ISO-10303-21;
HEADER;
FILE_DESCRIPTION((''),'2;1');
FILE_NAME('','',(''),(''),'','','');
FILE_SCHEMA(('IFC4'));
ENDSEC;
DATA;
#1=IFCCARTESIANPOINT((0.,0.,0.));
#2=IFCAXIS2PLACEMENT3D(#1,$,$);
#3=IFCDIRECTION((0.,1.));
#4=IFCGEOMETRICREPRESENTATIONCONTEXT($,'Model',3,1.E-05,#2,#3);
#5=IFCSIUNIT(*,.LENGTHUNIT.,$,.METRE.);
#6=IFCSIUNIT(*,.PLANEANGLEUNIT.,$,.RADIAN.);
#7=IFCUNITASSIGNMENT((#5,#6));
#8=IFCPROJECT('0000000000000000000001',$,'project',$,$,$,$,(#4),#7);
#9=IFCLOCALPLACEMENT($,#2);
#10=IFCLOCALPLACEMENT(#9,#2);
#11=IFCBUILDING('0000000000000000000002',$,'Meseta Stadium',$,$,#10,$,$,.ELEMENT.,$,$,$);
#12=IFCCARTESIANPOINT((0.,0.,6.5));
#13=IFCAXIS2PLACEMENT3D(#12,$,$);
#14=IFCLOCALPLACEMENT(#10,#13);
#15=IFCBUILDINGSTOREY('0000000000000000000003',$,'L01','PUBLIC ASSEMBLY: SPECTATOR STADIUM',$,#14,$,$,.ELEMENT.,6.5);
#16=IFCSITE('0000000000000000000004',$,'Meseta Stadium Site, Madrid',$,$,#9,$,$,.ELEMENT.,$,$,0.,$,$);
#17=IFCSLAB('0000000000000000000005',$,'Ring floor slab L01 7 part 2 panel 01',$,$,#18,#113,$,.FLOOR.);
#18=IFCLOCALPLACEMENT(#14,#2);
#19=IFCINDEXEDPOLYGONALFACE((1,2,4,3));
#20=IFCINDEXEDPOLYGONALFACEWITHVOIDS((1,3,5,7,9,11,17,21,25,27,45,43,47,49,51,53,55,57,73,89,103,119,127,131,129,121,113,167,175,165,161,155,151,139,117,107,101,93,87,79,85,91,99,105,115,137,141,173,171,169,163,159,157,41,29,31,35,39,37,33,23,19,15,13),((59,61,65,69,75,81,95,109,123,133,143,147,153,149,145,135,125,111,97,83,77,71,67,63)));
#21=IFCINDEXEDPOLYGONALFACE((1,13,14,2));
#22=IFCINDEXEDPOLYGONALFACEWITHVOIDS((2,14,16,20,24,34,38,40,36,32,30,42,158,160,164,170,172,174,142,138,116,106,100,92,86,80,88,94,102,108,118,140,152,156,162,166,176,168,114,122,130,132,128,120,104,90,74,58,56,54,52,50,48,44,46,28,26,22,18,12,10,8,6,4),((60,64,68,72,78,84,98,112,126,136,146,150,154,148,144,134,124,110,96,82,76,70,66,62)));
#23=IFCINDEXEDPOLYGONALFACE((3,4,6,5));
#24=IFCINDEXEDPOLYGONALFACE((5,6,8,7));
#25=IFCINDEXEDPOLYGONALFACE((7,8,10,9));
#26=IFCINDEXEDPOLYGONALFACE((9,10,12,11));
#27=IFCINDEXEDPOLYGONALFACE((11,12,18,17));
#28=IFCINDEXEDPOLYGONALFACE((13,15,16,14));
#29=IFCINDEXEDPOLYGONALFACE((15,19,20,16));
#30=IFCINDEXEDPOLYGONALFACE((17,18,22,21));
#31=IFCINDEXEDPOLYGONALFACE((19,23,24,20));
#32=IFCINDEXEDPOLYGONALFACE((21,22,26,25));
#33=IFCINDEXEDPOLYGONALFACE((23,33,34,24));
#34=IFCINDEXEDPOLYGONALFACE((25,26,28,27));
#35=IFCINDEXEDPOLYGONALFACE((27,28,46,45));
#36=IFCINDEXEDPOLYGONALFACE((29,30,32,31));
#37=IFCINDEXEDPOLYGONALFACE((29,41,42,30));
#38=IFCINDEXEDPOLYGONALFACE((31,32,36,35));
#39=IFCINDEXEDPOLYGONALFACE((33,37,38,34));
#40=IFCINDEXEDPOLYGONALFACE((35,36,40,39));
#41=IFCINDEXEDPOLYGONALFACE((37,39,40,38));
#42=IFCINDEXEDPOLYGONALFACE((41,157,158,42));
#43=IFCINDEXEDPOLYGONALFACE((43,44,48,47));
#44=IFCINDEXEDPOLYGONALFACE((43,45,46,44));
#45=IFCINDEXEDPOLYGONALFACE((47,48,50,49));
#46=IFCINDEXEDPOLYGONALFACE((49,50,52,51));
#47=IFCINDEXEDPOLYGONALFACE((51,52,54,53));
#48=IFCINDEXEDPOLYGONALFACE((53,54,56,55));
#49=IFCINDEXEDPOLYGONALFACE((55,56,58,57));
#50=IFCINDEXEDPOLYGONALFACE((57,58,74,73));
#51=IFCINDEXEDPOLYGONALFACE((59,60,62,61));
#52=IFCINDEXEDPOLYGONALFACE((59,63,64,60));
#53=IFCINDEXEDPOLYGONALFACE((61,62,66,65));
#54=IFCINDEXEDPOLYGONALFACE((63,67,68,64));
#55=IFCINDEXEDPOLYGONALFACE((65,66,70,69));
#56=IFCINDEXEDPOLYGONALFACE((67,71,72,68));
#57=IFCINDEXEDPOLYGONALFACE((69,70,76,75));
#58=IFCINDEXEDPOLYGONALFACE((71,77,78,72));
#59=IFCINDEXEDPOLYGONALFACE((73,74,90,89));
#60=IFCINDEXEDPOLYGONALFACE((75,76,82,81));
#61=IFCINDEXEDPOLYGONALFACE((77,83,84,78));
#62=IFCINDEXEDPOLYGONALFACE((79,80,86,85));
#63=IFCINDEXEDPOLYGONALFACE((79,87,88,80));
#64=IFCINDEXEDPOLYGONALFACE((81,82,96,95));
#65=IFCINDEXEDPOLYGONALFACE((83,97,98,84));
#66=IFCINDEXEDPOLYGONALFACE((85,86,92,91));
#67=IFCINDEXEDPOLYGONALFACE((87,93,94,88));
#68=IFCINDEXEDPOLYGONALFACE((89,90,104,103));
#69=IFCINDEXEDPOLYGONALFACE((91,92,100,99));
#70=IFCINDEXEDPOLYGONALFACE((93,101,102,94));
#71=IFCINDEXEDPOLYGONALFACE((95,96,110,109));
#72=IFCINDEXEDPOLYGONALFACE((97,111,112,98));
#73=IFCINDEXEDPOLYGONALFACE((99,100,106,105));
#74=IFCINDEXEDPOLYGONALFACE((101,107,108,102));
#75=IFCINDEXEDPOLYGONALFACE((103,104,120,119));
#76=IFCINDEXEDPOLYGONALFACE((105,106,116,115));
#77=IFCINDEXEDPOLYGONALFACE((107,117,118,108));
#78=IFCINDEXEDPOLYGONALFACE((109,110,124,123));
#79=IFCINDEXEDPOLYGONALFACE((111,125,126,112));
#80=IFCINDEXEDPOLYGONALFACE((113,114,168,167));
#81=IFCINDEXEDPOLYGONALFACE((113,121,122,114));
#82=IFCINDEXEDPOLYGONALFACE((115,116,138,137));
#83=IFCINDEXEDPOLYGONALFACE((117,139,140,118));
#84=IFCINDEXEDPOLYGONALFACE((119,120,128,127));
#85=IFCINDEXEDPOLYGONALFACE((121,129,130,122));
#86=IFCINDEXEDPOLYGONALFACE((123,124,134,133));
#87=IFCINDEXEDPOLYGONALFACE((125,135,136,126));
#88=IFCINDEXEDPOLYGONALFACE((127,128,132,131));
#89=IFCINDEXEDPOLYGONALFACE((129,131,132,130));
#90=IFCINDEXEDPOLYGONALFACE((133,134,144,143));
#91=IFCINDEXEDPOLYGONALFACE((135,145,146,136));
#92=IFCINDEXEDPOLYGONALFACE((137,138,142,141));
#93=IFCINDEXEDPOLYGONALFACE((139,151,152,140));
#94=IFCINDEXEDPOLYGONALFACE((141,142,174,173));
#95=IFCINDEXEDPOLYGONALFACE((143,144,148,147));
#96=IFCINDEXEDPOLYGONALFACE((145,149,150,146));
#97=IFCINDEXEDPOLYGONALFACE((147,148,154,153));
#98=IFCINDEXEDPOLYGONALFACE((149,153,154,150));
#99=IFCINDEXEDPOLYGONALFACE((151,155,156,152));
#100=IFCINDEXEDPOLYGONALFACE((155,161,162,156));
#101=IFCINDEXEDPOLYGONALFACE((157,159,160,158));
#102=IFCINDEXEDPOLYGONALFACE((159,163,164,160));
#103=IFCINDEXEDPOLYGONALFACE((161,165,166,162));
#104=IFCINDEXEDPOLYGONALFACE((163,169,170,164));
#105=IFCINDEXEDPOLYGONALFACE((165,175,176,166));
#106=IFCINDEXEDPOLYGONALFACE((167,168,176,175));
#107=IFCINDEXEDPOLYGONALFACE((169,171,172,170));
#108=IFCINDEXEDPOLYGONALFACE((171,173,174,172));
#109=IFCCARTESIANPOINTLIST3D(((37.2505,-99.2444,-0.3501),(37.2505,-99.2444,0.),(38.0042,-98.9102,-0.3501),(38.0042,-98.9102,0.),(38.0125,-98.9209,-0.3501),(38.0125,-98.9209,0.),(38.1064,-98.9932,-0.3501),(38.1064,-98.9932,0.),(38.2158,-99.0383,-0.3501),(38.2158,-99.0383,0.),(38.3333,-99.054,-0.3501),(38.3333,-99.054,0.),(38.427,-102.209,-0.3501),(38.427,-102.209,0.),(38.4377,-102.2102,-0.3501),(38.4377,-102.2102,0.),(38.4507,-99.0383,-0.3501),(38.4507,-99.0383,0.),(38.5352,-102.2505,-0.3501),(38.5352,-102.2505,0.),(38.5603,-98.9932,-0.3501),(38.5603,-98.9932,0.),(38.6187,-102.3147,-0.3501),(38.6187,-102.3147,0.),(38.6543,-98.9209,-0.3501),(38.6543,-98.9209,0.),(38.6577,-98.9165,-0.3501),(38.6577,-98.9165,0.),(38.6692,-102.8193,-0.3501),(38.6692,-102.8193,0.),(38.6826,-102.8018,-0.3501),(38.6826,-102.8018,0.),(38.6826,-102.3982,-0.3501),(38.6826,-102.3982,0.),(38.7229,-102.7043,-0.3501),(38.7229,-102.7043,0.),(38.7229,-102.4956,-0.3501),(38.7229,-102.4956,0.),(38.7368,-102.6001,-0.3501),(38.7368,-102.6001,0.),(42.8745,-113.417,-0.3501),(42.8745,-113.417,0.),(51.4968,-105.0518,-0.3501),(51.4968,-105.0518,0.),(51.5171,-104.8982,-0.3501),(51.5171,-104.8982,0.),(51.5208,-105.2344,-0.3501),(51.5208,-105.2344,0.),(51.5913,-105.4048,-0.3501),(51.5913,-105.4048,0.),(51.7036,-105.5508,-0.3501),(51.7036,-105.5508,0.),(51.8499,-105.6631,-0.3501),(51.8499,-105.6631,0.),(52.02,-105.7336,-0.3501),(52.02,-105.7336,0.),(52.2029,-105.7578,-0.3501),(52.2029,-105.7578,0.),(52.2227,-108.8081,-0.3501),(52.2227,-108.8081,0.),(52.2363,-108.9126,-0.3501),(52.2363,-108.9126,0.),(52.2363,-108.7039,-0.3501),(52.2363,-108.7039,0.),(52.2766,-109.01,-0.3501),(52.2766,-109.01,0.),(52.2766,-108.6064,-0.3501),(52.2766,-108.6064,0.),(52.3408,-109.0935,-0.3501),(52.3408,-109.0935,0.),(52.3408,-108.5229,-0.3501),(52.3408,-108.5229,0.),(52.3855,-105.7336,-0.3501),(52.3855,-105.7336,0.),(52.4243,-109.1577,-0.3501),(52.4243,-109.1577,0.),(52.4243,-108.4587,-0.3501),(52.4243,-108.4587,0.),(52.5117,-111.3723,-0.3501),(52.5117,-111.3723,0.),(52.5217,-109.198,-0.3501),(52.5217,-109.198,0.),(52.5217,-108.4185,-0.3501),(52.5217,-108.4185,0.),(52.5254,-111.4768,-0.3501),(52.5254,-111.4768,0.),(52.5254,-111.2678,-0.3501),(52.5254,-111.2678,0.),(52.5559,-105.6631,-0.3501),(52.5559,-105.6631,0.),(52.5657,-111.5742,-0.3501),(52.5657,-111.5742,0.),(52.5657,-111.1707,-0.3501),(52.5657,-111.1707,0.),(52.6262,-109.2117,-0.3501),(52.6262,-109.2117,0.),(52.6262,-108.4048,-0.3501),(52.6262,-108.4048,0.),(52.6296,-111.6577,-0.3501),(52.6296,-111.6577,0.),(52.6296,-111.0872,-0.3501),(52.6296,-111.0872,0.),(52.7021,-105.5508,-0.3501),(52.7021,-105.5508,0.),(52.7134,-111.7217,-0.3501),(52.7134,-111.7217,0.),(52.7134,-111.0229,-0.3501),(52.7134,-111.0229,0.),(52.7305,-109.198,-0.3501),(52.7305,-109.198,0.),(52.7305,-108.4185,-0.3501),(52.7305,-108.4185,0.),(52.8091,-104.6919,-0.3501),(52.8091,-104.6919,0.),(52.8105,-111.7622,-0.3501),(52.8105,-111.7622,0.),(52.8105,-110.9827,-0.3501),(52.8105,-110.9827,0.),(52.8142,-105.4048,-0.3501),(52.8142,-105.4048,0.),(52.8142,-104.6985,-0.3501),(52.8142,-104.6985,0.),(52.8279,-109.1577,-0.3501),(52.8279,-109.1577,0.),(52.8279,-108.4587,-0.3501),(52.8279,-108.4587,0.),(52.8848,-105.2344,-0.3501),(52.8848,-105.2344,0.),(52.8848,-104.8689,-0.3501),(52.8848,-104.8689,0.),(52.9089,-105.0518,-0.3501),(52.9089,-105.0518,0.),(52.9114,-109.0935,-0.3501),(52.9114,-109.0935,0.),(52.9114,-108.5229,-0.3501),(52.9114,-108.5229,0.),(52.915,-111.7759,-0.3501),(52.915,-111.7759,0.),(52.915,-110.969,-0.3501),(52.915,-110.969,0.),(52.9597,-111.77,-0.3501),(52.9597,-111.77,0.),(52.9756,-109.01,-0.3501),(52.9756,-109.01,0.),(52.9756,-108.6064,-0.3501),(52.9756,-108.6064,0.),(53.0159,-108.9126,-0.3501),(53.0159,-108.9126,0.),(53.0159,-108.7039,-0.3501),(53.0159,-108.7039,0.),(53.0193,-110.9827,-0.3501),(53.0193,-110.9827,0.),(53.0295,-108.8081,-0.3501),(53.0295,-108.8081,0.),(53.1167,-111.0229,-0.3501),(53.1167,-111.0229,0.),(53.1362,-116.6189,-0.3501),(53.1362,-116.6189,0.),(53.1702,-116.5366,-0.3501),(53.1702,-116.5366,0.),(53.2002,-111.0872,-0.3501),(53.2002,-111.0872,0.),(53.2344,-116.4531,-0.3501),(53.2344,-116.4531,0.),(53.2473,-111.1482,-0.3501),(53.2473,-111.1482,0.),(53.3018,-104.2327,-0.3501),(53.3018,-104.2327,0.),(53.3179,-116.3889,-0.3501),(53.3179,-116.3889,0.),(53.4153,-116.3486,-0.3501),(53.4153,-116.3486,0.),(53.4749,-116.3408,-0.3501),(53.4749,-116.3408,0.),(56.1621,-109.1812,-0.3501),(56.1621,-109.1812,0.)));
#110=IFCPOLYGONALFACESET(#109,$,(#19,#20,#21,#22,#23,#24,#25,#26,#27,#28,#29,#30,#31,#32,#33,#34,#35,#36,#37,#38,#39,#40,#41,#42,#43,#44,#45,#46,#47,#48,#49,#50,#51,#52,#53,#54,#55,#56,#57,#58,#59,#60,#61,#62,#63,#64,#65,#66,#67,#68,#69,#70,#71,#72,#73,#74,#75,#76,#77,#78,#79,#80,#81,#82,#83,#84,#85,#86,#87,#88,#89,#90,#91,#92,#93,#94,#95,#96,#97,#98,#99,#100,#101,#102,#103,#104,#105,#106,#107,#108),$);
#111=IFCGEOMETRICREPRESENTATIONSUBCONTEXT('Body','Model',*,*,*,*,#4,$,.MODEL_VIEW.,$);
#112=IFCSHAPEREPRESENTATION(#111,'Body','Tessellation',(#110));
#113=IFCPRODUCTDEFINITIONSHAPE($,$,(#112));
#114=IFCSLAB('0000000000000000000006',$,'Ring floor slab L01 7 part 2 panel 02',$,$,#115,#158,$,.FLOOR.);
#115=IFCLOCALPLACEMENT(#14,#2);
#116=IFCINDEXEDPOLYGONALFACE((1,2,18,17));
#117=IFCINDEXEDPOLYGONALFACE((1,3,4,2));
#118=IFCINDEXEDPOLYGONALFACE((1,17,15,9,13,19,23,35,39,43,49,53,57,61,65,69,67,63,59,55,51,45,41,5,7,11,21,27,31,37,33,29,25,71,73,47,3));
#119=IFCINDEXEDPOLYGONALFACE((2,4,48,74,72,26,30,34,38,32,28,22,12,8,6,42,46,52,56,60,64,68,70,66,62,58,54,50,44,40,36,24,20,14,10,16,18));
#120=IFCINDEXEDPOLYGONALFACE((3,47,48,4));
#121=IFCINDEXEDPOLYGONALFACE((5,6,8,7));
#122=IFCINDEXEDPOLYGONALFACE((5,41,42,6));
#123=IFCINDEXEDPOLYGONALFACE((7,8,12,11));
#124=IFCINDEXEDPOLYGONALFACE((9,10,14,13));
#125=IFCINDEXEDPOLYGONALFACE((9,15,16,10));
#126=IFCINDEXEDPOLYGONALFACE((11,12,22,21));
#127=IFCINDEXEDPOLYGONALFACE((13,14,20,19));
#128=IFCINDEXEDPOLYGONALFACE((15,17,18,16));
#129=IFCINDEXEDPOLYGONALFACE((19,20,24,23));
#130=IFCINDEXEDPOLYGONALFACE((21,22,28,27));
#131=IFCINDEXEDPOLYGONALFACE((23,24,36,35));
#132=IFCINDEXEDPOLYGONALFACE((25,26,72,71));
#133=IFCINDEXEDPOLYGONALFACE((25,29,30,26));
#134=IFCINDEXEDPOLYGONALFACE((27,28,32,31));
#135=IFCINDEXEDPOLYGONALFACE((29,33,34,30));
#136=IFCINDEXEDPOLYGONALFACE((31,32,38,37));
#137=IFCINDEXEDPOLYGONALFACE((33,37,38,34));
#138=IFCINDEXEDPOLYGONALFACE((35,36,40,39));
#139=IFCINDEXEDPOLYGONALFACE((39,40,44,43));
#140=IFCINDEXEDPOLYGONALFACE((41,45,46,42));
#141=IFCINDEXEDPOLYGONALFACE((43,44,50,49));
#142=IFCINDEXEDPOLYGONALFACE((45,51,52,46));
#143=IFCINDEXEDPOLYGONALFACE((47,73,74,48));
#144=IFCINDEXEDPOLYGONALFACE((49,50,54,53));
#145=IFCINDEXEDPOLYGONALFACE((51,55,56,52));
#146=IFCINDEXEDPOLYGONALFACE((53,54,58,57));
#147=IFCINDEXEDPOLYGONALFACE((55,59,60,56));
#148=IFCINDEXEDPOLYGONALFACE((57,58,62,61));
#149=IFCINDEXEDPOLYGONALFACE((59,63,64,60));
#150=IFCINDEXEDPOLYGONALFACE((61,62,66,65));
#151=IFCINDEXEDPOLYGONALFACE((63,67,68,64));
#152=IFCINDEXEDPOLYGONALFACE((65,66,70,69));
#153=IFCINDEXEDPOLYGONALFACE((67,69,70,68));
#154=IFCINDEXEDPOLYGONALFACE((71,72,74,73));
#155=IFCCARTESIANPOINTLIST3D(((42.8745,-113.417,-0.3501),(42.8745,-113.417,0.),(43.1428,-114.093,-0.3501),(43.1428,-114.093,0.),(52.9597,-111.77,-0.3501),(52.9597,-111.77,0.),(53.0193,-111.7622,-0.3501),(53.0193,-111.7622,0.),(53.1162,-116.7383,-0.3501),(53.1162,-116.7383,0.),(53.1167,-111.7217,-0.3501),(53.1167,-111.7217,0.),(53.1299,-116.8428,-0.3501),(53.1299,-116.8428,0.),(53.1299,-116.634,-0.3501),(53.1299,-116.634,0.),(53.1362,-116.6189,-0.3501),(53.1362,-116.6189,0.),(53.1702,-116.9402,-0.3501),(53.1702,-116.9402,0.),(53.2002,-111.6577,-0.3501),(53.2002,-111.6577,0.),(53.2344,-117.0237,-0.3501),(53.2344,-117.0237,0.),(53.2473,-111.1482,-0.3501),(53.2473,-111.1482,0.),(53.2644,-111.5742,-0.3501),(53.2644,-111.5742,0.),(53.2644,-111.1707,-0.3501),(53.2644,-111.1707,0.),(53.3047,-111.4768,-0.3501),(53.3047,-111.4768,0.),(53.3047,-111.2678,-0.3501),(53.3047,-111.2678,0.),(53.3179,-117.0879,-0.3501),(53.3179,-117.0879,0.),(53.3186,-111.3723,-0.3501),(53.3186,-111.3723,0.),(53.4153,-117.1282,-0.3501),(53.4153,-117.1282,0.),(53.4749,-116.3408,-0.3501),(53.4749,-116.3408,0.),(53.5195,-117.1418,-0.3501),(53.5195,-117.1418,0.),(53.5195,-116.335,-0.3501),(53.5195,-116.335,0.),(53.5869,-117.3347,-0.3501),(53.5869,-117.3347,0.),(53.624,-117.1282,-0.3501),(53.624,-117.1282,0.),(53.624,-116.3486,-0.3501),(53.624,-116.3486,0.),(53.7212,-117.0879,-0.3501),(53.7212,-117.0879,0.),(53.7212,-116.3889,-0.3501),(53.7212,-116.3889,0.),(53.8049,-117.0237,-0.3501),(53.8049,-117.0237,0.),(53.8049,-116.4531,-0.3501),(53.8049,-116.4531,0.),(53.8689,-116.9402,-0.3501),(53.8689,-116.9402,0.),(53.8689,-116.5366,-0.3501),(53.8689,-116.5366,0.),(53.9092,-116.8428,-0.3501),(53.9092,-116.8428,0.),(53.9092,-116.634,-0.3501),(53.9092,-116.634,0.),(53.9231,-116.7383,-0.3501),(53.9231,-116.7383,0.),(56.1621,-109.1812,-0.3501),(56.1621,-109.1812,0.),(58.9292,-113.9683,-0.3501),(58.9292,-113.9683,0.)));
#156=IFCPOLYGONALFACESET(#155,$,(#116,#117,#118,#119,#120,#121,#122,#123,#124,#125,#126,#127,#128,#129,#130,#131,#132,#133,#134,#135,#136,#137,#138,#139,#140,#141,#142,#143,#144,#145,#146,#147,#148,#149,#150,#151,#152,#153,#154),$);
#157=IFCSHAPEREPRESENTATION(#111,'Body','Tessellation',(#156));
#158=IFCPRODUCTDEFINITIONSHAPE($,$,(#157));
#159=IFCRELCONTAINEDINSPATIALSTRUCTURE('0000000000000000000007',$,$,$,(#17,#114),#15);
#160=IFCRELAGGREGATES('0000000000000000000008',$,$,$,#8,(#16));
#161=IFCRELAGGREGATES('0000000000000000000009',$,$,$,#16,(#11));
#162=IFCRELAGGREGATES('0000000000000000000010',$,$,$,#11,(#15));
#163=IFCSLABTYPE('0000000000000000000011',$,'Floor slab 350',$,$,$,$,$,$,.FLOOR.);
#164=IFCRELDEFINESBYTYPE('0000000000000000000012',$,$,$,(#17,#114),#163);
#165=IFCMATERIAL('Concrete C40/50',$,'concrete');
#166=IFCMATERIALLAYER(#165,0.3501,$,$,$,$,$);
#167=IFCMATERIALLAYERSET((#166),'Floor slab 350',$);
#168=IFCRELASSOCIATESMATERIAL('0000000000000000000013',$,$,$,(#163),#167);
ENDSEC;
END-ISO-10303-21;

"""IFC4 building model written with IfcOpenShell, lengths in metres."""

from ifc_helpers import new_model, si_unit, direction, frame, origin, place, context, subcontext, project, spatial, polyline, outline, extrude, material, layer, layer_set, type_object, element, save


model = new_model("IFC4")

# Units and contexts
model_context = context("Model", 3, precision=1e-05, world=origin(), true_north=direction((0.0, 1.0)))
body_context = subcontext(model_context, "Body", "Model", "MODEL_VIEW")
ifc_project = project(units=[si_unit("LENGTHUNIT", "METRE"), si_unit("PLANEANGLEUNIT", "RADIAN")], contexts=[model_context])

# Site, building, storey
site_placement = place(None, origin())
site = spatial("IfcSite", under=ifc_project, at=site_placement, Name="Meseta Stadium Site, Madrid", CompositionType="ELEMENT", RefElevation=0.0)
building_placement = place(site_placement, origin())
building = spatial("IfcBuilding", under=site, at=building_placement, Name="Meseta Stadium", CompositionType="ELEMENT")
storey_placement = place(building_placement, frame((0.0, 0.0, 6.5)))
storey = spatial("IfcBuildingStorey", under=building, at=storey_placement, Name="L01", Description="PUBLIC ASSEMBLY: SPECTATOR STADIUM", CompositionType="ELEMENT", Elevation=6.5)

# Slabs
ifc_material_1 = material(Name="Concrete C40/50", Category="concrete")
ifc_layer = layer(ifc_material_1, 0.3501)
ifc_layer_set = layer_set([ifc_layer], Name="Floor slab 350")
slab_type = type_object("IfcSlabType", Name="Floor slab 350", PredefinedType="FLOOR", material=ifc_layer_set)
slab_1_placement = place(storey_placement, frame((0.0, 0.0, -0.3501)))
element("IfcSlab", 1, at=slab_1_placement, inside=storey, type_object=slab_type, Name="Ring floor slab L01 7 part 2 panel 01", PredefinedType="FLOOR", context=body_context, shape_type="SweptSolid", body=[
    extrude(outline(polyline([(51.4968, -105.0518), (51.5171, -104.8982), (38.6577, -98.9165), (38.6543, -98.9209), (38.5603, -98.9932), (38.4507, -99.0383), (38.3333, -99.054), (38.2158, -99.0383), (38.1064, -98.9932), (38.0125, -98.9209), (38.0042, -98.9102), (37.2505, -99.2444), (38.427, -102.209), (38.4377, -102.2102), (38.5352, -102.2505), (38.6187, -102.3147), (38.6826, -102.3982), (38.7229, -102.4956), (38.7368, -102.6001), (38.7229, -102.7043), (38.6826, -102.8018), (38.6692, -102.8193), (42.8745, -113.417), (53.1362, -116.6189), (53.1702, -116.5366), (53.2344, -116.4531), (53.3179, -116.3889), (53.4153, -116.3486), (53.4749, -116.3408), (52.9597, -111.77), (52.915, -111.7759), (52.8105, -111.7622), (52.7134, -111.7217), (52.6296, -111.6577), (52.5657, -111.5742), (52.5254, -111.4768), (52.5117, -111.3723), (52.5254, -111.2678), (52.5657, -111.1707), (52.6296, -111.0872), (52.7134, -111.0229), (52.8105, -110.9827), (52.915, -110.969), (53.0193, -110.9827), (53.1167, -111.0229), (53.2002, -111.0872), (53.2473, -111.1482), (56.1621, -109.1812), (53.3018, -104.2327), (52.8091, -104.6919), (52.8142, -104.6985), (52.8848, -104.8689), (52.9089, -105.0518), (52.8848, -105.2344), (52.8142, -105.4048), (52.7021, -105.5508), (52.5559, -105.6631), (52.3855, -105.7336), (52.2029, -105.7578), (52.02, -105.7336), (51.8499, -105.6631), (51.7036, -105.5508), (51.5913, -105.4048), (51.5208, -105.2344), (51.4968, -105.0518)]), holes=[polyline([(52.8279, -108.4587), (52.9114, -108.5229), (52.9756, -108.6064), (53.0159, -108.7039), (53.0295, -108.8081), (53.0159, -108.9126), (52.9756, -109.01), (52.9114, -109.0935), (52.8279, -109.1577), (52.7305, -109.198), (52.6262, -109.2117), (52.5217, -109.198), (52.4243, -109.1577), (52.3408, -109.0935), (52.2766, -109.01), (52.2363, -108.9126), (52.2227, -108.8081), (52.2363, -108.7039), (52.2766, -108.6064), (52.3408, -108.5229), (52.4243, -108.4587), (52.5217, -108.4185), (52.6262, -108.4048), (52.7305, -108.4185), (52.8279, -108.4587)])]), origin(), (0.0, 0.0, 1.0), 0.3501),
])
slab_2_placement = place(storey_placement, frame((0.0, 0.0, -0.3501)))
element("IfcSlab", 2, at=slab_2_placement, inside=storey, type_object=slab_type, Name="Ring floor slab L01 7 part 2 panel 02", PredefinedType="FLOOR", context=body_context, shape_type="SweptSolid", body=[
    extrude(outline(polyline([(53.1362, -116.6189), (42.8745, -113.417), (43.1428, -114.093), (53.5869, -117.3347), (58.9292, -113.9683), (56.1621, -109.1812), (53.2473, -111.1482), (53.2644, -111.1707), (53.3047, -111.2678), (53.3186, -111.3723), (53.3047, -111.4768), (53.2644, -111.5742), (53.2002, -111.6577), (53.1167, -111.7217), (53.0193, -111.7622), (52.9597, -111.77), (53.4749, -116.3408), (53.5195, -116.335), (53.624, -116.3486), (53.7212, -116.3889), (53.8049, -116.4531), (53.8689, -116.5366), (53.9092, -116.634), (53.9231, -116.7383), (53.9092, -116.8428), (53.8689, -116.9402), (53.8049, -117.0237), (53.7212, -117.0879), (53.624, -117.1282), (53.5195, -117.1418), (53.4153, -117.1282), (53.3179, -117.0879), (53.2344, -117.0237), (53.1702, -116.9402), (53.1299, -116.8428), (53.1162, -116.7383), (53.1299, -116.634), (53.1362, -116.6189)])), origin(), (0.0, 0.0, 1.0), 0.3501),
])

save(model, "model.ifc")
